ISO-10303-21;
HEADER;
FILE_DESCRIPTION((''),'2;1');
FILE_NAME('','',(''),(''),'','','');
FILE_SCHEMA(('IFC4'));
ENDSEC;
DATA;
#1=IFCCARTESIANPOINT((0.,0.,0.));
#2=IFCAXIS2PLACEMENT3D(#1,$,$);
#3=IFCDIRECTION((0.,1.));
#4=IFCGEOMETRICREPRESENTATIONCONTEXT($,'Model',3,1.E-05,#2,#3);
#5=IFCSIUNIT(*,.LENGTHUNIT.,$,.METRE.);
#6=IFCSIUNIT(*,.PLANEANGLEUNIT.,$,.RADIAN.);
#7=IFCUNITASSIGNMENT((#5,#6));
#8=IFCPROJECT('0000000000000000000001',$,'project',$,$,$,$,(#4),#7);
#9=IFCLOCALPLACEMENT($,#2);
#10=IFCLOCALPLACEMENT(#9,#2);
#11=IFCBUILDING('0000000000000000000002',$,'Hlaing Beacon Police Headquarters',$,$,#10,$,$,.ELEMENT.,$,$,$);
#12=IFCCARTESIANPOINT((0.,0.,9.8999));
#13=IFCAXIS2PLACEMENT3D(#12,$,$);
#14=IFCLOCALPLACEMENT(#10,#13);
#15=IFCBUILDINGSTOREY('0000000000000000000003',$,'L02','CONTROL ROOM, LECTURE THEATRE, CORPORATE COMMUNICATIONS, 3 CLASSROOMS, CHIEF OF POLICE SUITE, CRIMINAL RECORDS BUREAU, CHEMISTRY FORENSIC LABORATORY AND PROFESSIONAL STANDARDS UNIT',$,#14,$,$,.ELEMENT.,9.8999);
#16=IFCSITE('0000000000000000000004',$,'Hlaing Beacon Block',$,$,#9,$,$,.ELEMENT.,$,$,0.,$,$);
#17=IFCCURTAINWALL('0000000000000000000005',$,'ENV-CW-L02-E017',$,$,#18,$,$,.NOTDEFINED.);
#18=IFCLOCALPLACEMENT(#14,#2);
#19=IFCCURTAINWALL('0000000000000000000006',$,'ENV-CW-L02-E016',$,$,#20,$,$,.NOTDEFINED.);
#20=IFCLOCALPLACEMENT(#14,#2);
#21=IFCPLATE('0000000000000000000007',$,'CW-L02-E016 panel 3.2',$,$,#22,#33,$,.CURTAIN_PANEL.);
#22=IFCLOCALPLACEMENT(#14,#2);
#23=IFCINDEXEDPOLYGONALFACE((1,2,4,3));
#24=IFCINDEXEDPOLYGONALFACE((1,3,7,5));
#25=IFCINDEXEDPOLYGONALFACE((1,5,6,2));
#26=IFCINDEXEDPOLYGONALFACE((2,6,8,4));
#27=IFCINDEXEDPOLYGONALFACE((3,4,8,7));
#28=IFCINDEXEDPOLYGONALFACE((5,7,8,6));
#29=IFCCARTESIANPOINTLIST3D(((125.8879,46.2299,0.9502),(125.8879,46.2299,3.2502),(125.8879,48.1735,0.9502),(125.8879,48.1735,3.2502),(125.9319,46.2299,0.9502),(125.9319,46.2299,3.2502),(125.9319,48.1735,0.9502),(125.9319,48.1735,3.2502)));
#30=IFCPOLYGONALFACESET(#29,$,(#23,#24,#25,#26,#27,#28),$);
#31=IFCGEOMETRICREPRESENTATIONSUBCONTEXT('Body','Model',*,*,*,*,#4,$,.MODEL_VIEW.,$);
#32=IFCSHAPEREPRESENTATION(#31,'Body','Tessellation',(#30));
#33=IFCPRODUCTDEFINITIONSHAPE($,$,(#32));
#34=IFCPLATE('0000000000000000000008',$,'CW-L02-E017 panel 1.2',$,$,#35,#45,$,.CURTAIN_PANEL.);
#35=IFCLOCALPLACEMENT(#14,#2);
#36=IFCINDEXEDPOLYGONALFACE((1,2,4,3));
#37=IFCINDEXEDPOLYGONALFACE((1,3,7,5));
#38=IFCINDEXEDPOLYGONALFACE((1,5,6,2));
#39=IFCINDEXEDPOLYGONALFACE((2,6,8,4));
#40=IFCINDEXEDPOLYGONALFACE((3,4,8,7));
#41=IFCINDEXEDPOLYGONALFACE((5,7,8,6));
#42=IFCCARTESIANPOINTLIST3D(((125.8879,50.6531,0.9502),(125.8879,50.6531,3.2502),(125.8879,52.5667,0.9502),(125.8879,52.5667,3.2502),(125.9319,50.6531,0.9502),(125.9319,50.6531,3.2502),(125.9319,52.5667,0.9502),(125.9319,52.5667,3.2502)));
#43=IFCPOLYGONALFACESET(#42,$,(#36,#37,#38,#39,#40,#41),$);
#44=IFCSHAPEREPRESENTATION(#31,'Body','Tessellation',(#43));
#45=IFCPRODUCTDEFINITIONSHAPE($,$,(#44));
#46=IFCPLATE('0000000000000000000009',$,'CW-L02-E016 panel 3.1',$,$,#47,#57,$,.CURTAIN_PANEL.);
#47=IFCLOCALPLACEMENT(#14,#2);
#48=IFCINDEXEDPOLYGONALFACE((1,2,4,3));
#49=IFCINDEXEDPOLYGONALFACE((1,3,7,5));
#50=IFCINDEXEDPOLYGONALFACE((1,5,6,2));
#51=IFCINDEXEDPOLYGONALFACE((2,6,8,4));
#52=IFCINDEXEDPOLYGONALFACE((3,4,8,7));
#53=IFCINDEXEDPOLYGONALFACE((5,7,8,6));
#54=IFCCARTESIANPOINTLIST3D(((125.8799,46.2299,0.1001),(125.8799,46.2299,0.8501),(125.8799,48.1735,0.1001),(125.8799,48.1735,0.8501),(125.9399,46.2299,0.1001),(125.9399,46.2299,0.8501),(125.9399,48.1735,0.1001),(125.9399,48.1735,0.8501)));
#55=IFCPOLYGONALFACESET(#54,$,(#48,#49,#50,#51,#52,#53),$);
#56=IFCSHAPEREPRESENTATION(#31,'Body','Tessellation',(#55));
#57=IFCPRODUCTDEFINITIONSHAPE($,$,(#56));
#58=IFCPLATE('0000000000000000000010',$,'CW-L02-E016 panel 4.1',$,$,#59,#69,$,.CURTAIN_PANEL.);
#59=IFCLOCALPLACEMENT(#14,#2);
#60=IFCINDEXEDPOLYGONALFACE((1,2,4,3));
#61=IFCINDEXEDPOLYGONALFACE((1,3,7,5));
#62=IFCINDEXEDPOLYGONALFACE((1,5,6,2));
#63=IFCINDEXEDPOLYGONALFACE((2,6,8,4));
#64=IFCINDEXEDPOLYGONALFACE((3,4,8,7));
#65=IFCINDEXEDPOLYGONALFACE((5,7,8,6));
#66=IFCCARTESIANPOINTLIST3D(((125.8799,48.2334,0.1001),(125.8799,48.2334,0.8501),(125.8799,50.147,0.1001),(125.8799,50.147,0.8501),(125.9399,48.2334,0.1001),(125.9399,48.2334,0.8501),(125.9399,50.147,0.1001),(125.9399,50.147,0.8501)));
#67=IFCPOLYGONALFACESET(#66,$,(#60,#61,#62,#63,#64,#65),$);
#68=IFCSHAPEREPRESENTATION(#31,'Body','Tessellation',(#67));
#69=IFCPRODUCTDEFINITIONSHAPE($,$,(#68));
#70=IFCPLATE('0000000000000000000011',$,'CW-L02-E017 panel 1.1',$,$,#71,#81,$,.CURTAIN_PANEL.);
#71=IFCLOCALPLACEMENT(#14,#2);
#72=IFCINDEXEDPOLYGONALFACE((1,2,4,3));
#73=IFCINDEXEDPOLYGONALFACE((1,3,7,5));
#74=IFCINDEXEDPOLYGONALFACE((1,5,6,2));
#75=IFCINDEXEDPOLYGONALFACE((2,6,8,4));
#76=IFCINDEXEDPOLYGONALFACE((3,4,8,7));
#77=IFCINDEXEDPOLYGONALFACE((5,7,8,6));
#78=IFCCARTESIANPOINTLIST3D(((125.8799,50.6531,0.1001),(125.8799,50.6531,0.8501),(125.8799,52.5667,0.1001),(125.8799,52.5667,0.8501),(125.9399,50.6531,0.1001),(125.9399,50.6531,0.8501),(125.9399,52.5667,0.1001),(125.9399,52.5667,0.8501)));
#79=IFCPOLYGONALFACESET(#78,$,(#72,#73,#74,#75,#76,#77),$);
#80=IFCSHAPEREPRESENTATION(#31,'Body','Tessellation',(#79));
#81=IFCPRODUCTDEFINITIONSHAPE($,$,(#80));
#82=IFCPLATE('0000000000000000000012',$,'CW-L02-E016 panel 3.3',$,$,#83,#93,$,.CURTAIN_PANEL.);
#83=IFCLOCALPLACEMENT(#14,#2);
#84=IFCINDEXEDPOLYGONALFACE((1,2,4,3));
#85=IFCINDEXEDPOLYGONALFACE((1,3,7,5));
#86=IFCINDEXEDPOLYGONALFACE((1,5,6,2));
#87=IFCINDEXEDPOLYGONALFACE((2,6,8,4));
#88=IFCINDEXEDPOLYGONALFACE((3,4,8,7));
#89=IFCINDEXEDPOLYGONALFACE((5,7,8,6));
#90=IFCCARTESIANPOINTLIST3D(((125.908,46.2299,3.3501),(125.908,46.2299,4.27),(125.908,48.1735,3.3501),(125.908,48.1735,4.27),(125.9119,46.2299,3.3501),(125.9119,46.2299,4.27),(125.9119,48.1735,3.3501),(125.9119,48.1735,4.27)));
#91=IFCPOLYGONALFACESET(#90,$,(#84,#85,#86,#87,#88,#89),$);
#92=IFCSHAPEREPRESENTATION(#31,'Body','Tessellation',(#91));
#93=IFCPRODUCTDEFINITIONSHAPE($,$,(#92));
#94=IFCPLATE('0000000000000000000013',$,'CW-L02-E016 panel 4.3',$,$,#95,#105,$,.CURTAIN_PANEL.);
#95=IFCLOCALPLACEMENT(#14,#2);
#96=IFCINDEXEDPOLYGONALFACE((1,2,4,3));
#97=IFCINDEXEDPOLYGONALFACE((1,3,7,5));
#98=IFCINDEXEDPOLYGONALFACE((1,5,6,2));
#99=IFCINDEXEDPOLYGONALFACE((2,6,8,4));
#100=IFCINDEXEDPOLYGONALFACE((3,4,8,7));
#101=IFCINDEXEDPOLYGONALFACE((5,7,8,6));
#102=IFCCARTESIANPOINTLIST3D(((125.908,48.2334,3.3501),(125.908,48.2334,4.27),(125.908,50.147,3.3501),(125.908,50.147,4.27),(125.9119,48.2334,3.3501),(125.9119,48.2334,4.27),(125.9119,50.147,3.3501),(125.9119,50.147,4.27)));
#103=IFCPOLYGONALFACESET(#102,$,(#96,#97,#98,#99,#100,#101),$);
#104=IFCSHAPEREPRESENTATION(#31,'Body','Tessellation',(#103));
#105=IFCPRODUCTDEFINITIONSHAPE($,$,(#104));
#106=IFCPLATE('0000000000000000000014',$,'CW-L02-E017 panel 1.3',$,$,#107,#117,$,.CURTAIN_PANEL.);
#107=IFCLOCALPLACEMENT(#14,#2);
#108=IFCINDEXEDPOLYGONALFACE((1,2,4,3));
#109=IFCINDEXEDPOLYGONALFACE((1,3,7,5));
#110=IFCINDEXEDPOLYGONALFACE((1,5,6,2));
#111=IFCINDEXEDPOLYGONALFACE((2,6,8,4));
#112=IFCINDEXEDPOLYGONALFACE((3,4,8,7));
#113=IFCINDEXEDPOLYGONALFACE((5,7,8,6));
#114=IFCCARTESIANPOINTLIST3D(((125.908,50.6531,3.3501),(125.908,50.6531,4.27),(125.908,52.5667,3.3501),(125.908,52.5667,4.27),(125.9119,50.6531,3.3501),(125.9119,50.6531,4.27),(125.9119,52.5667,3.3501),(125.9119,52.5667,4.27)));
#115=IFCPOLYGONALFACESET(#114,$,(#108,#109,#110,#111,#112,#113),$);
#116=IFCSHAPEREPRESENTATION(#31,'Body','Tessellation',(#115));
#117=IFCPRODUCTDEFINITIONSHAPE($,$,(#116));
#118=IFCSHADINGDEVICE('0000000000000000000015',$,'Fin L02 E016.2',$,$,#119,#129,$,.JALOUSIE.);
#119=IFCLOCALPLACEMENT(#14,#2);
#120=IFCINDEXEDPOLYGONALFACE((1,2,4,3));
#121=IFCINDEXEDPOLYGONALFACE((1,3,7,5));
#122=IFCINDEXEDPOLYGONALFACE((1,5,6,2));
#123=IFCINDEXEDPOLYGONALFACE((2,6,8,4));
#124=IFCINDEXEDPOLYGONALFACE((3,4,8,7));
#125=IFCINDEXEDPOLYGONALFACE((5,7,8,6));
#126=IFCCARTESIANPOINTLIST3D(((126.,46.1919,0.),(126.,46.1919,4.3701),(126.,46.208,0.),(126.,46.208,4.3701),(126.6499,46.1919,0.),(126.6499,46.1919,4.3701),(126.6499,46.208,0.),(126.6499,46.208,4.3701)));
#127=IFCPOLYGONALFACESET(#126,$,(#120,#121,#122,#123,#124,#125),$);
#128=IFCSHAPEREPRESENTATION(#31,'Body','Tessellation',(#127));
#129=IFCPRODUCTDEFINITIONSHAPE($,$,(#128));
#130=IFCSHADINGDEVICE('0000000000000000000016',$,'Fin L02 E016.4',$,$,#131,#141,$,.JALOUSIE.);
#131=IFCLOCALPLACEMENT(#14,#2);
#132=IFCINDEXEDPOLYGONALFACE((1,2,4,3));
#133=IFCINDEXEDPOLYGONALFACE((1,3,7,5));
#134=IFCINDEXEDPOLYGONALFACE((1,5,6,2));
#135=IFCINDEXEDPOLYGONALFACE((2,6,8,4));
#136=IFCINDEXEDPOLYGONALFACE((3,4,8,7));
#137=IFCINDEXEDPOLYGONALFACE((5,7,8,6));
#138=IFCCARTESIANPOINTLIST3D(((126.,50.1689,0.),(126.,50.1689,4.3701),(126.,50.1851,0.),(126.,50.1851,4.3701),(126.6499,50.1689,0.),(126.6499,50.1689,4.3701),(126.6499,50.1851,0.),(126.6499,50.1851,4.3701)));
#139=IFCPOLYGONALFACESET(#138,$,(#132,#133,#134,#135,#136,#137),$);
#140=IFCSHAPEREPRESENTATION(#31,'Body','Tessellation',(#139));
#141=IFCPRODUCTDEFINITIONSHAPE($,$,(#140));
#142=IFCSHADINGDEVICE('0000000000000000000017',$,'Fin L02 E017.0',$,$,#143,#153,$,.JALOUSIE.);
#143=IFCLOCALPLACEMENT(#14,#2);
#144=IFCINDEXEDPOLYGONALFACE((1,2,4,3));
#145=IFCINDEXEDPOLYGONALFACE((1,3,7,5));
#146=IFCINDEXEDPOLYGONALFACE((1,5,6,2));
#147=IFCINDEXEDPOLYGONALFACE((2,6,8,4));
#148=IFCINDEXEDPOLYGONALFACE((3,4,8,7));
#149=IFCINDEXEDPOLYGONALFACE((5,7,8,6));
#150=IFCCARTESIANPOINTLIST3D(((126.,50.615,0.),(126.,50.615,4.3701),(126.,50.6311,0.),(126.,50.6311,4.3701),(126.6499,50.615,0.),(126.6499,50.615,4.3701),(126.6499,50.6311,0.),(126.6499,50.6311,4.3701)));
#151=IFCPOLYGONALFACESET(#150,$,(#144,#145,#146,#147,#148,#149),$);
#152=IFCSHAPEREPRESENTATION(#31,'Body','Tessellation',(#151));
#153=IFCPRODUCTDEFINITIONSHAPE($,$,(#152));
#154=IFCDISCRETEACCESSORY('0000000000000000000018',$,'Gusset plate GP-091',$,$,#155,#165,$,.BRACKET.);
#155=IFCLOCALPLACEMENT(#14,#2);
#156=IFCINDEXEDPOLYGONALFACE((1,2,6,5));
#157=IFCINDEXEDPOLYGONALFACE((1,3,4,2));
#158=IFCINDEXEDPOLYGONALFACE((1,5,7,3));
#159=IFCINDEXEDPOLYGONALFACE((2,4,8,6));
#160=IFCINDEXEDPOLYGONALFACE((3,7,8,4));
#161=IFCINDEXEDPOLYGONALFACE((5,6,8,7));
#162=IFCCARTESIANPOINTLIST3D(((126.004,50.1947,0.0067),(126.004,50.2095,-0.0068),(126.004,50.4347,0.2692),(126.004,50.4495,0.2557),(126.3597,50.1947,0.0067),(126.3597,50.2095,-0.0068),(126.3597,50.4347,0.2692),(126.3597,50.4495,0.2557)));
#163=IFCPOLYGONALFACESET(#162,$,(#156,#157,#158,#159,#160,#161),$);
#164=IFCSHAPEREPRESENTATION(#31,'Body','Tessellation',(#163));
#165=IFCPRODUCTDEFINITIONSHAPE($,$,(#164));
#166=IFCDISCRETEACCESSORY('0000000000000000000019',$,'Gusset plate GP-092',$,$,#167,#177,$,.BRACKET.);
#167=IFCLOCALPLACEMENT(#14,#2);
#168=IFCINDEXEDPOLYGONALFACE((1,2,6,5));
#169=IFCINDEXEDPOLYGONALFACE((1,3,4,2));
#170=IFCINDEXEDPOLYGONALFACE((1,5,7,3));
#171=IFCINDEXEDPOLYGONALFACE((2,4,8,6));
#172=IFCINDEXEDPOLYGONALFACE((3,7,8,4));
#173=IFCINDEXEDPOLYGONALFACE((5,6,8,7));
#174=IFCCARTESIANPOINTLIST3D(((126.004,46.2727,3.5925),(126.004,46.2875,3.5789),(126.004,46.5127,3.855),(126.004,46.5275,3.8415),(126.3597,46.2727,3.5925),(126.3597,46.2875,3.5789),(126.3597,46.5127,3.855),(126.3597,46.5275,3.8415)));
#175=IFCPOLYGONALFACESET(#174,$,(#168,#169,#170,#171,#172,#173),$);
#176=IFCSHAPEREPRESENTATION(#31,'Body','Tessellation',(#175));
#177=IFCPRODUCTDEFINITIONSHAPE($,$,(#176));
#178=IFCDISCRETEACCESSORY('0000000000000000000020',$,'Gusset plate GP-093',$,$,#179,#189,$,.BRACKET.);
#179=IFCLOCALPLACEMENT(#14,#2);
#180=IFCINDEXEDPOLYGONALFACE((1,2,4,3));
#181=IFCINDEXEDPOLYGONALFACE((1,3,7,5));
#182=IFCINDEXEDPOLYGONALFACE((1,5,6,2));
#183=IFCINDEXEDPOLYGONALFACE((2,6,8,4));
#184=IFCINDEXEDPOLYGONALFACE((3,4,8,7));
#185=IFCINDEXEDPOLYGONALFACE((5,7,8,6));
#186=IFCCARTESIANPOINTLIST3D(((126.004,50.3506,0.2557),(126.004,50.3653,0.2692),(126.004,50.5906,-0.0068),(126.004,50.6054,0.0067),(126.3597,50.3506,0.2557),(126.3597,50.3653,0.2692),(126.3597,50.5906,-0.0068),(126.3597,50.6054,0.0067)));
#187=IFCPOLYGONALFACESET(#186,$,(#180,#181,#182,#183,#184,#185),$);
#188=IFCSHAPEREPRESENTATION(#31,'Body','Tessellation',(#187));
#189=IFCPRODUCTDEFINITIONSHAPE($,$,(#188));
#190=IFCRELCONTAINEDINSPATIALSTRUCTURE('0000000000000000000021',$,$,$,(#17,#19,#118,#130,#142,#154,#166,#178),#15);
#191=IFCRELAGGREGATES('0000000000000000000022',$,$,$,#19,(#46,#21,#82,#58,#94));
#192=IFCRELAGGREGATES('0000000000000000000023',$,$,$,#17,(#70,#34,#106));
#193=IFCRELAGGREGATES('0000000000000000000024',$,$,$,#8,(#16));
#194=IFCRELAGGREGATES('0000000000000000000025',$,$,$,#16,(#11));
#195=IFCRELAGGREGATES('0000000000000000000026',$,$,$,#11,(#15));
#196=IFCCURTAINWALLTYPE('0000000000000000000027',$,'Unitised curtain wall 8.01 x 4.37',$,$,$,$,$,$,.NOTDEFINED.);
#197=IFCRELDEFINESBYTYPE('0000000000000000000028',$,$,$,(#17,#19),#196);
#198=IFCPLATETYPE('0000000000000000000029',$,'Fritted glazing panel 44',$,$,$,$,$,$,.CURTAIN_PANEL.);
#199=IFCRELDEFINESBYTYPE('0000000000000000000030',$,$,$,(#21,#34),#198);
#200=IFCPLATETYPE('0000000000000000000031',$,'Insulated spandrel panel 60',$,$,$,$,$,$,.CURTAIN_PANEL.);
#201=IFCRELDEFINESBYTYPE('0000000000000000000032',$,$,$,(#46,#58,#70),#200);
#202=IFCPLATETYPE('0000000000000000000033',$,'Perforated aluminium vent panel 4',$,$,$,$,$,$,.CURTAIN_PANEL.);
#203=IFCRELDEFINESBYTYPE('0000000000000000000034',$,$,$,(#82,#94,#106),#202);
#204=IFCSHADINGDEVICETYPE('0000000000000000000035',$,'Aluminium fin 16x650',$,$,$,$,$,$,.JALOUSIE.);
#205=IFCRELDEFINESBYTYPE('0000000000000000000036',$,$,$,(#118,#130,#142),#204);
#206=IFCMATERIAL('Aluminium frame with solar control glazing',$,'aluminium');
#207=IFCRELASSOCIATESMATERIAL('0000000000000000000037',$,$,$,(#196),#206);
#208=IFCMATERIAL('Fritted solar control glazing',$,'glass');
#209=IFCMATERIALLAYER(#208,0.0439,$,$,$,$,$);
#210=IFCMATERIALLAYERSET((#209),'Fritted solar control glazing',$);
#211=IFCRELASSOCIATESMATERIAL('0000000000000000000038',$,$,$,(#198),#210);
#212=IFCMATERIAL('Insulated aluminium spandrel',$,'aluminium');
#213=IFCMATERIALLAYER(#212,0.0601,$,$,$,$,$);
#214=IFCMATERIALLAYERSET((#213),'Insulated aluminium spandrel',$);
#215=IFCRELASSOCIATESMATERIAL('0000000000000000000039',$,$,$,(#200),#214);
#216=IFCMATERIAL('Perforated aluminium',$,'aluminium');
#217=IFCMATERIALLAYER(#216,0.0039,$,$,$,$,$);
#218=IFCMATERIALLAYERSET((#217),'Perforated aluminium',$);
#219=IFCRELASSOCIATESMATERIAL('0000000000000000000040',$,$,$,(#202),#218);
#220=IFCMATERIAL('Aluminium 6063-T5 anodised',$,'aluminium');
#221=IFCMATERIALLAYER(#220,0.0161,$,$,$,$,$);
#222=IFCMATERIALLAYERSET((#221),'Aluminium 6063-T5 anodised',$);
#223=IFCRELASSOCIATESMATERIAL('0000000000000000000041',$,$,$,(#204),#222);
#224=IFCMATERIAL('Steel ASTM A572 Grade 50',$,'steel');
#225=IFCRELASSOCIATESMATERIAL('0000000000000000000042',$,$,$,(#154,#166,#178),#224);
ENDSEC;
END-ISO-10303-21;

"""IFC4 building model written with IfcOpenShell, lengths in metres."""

from ifc_helpers import new_model, si_unit, direction, frame, origin, origin_2d, place, context, subcontext, project, spatial, rectangle, extrude, material, layer, layer_set, type_object, element, aggregate, save


model = new_model("IFC4")

# Units and contexts
model_context = context("Model", 3, precision=1e-05, world=origin(), true_north=direction((0.0, 1.0)))
body_context = subcontext(model_context, "Body", "Model", "MODEL_VIEW")
ifc_project = project(units=[si_unit("LENGTHUNIT", "METRE"), si_unit("PLANEANGLEUNIT", "RADIAN")], contexts=[model_context])

# Site, building, storey
site_placement = place(None, origin())
site = spatial("IfcSite", under=ifc_project, at=site_placement, Name="Hlaing Beacon Block", CompositionType="ELEMENT", RefElevation=0.0)
building_placement = place(site_placement, origin())
building = spatial("IfcBuilding", under=site, at=building_placement, Name="Hlaing Beacon Police Headquarters", CompositionType="ELEMENT")
storey_placement = place(building_placement, frame((0.0, 0.0, 9.8999)))
storey = spatial("IfcBuildingStorey", under=building, at=storey_placement, Name="L02", Description="CONTROL ROOM, LECTURE THEATRE, CORPORATE COMMUNICATIONS, 3 CLASSROOMS, CHIEF OF POLICE SUITE, CRIMINAL RECORDS BUREAU, CHEMISTRY FORENSIC LABORATORY AND PROFESSIONAL STANDARDS UNIT", CompositionType="ELEMENT", Elevation=9.8999)

# Curtain wall
ifc_material_1 = material(Name="Aluminium frame with solar control glazing", Category="aluminium")
curtain_wall_type = type_object("IfcCurtainWallType", Name="Unitised curtain wall 8.01 x 4.37", PredefinedType="NOTDEFINED", material=ifc_material_1)
curtain_wall_1_placement = place(storey_placement, origin())
curtain_wall_1 = element("IfcCurtainWall", 1, at=curtain_wall_1_placement, inside=storey, type_object=curtain_wall_type, Name="ENV-CW-L02-E017", PredefinedType="NOTDEFINED")

# Curtain wall, plate
curtain_wall_2_placement = place(storey_placement, origin())
curtain_wall_2 = element("IfcCurtainWall", 2, at=curtain_wall_2_placement, inside=storey, type_object=curtain_wall_type, Name="ENV-CW-L02-E016", PredefinedType="NOTDEFINED")
ifc_material_2 = material(Name="Fritted solar control glazing", Category="glass")
ifc_layer_1 = layer(ifc_material_2, 0.0439)
ifc_layer_set_1 = layer_set([ifc_layer_1], Name="Fritted solar control glazing")
plate_type_1 = type_object("IfcPlateType", Name="Fritted glazing panel 44", PredefinedType="CURTAIN_PANEL", material=ifc_layer_set_1)
plate_1_placement = place(storey_placement, frame((125.9099, 47.2017, 0.9502), z_axis=(0.0, 0.0, 1.0), x_axis=(0.0, 1.0, 0.0)))
plate_1 = element("IfcPlate", 3, at=plate_1_placement, type_object=plate_type_1, Name="CW-L02-E016 panel 3.2", PredefinedType="CURTAIN_PANEL", context=body_context, shape_type="SweptSolid", body=[
    extrude(rectangle(XDim=1.9436, YDim=0.0439, at=origin_2d()), origin(), (0.0, 0.0, 1.0), 2.3),
])

# Plates
plate_2_placement = place(storey_placement, frame((125.9099, 51.6099, 0.9502), z_axis=(0.0, 0.0, 1.0), x_axis=(0.0, 1.0, 0.0)))
plate_2 = element("IfcPlate", 4, at=plate_2_placement, type_object=plate_type_1, Name="CW-L02-E017 panel 1.2", PredefinedType="CURTAIN_PANEL", context=body_context, shape_type="SweptSolid", body=[
    extrude(rectangle(XDim=1.9136, YDim=0.0439, at=origin_2d()), origin(), (0.0, 0.0, 1.0), 2.3),
])
ifc_material_3 = material(Name="Insulated aluminium spandrel", Category="aluminium")
ifc_layer_2 = layer(ifc_material_3, 0.0601)
ifc_layer_set_2 = layer_set([ifc_layer_2], Name="Insulated aluminium spandrel")
plate_type_2 = type_object("IfcPlateType", Name="Insulated spandrel panel 60", PredefinedType="CURTAIN_PANEL", material=ifc_layer_set_2)
plate_3_placement = place(storey_placement, frame((125.9099, 47.2017, 0.1001), z_axis=(0.0, 0.0, 1.0), x_axis=(0.0, 1.0, 0.0)))
plate_3 = element("IfcPlate", 5, at=plate_3_placement, type_object=plate_type_2, Name="CW-L02-E016 panel 3.1", PredefinedType="CURTAIN_PANEL", context=body_context, shape_type="SweptSolid", body=[
    extrude(rectangle(XDim=1.9436, YDim=0.0601, at=origin_2d()), origin(), (0.0, 0.0, 1.0), 0.75),
])
plate_4_placement = place(storey_placement, frame((125.9099, 49.1902, 0.1001), z_axis=(0.0, 0.0, 1.0), x_axis=(0.0, 1.0, 0.0)))
plate_4 = element("IfcPlate", 6, at=plate_4_placement, type_object=plate_type_2, Name="CW-L02-E016 panel 4.1", PredefinedType="CURTAIN_PANEL", context=body_context, shape_type="SweptSolid", body=[
    extrude(rectangle(XDim=1.9136, YDim=0.0601, at=origin_2d()), origin(), (0.0, 0.0, 1.0), 0.75),
])
plate_5_placement = place(storey_placement, frame((125.9099, 51.6099, 0.1001), z_axis=(0.0, 0.0, 1.0), x_axis=(0.0, 1.0, 0.0)))
plate_5 = element("IfcPlate", 7, at=plate_5_placement, type_object=plate_type_2, Name="CW-L02-E017 panel 1.1", PredefinedType="CURTAIN_PANEL", context=body_context, shape_type="SweptSolid", body=[
    extrude(rectangle(XDim=1.9136, YDim=0.0601, at=origin_2d()), origin(), (0.0, 0.0, 1.0), 0.75),
])
ifc_material_4 = material(Name="Perforated aluminium", Category="aluminium")
ifc_layer_3 = layer(ifc_material_4, 0.0039)
ifc_layer_set_3 = layer_set([ifc_layer_3], Name="Perforated aluminium")
plate_type_3 = type_object("IfcPlateType", Name="Perforated aluminium vent panel 4", PredefinedType="CURTAIN_PANEL", material=ifc_layer_set_3)
plate_6_placement = place(storey_placement, frame((125.9099, 47.2017, 3.3501), z_axis=(0.0, 0.0, 1.0), x_axis=(0.0, 1.0, 0.0)))
plate_6 = element("IfcPlate", 8, at=plate_6_placement, type_object=plate_type_3, Name="CW-L02-E016 panel 3.3", PredefinedType="CURTAIN_PANEL", context=body_context, shape_type="SweptSolid", body=[
    extrude(rectangle(XDim=1.9436, YDim=0.0039, at=origin_2d()), origin(), (0.0, 0.0, 1.0), 0.9199),
])
plate_7_placement = place(storey_placement, frame((125.9099, 49.1902, 3.3501), z_axis=(0.0, 0.0, 1.0), x_axis=(0.0, 1.0, 0.0)))
plate_7 = element("IfcPlate", 9, at=plate_7_placement, type_object=plate_type_3, Name="CW-L02-E016 panel 4.3", PredefinedType="CURTAIN_PANEL", context=body_context, shape_type="SweptSolid", body=[
    extrude(rectangle(XDim=1.9136, YDim=0.0039, at=origin_2d()), origin(), (0.0, 0.0, 1.0), 0.9199),
])
aggregate(curtain_wall_2, [plate_3, plate_1, plate_6, plate_4, plate_7])
plate_8_placement = place(storey_placement, frame((125.9099, 51.6099, 3.3501), z_axis=(0.0, 0.0, 1.0), x_axis=(0.0, 1.0, 0.0)))
plate_8 = element("IfcPlate", 10, at=plate_8_placement, type_object=plate_type_3, Name="CW-L02-E017 panel 1.3", PredefinedType="CURTAIN_PANEL", context=body_context, shape_type="SweptSolid", body=[
    extrude(rectangle(XDim=1.9136, YDim=0.0039, at=origin_2d()), origin(), (0.0, 0.0, 1.0), 0.9199),
])
aggregate(curtain_wall_1, [plate_5, plate_2, plate_8])

# Shading devices
ifc_material_5 = material(Name="Aluminium 6063-T5 anodised", Category="aluminium")
ifc_layer_4 = layer(ifc_material_5, 0.0161)
ifc_layer_set_4 = layer_set([ifc_layer_4], Name="Aluminium 6063-T5 anodised")
shading_device_type = type_object("IfcShadingDeviceType", Name="Aluminium fin 16x650", PredefinedType="JALOUSIE", material=ifc_layer_set_4)
for number, where, z_axis, x_axis, name in (
    (11, (126.325, 46.2, 0.0), (0.0, 0.0, 1.0), (0.0, 1.0, 0.0), "Fin L02 E016.2"),
    (12, (126.325, 50.177, 0.0), (0.0, 0.0, 1.0), (0.0, 1.0, 0.0), "Fin L02 E016.4"),
    (13, (126.325, 50.623, 0.0), (0.0, 0.0, 1.0), (0.0, 1.0, 0.0), "Fin L02 E017.0"),
):
    element("IfcShadingDevice", number, at=place(storey_placement, frame(where, z_axis=z_axis, x_axis=x_axis)), inside=storey, type_object=shading_device_type, Name=name, PredefinedType="JALOUSIE", context=body_context, shape_type="SweptSolid", body=[
        extrude(rectangle(XDim=0.0161, YDim=0.6499, at=origin_2d()), origin(), (0.0, 0.0, 1.0), 4.3701),
    ])

# Discrete accessories
ifc_material_6 = material(Name="Steel ASTM A572 Grade 50", Category="steel")
for number, where, z_axis, x_axis, name in (
    (14, (126.1819, 50.3147, 0.1379), (0.0, 0.738029, -0.674769), (-1.0, 0.0, 0.0), "Gusset plate GP-091"),
    (15, (126.1819, 46.4075, 3.7102), (0.0, -0.738029, 0.674769), (1.0, 0.0, 0.0), "Gusset plate GP-092"),
    (16, (126.1819, 50.4854, 0.1379), (0.0, -0.738008, -0.674792), (1.0, 0.0, 0.0), "Gusset plate GP-093"),
):
    element("IfcDiscreteAccessory", number, at=place(storey_placement, frame(where, z_axis=z_axis, x_axis=x_axis)), inside=storey, material=ifc_material_6, Name=name, PredefinedType="BRACKET", context=body_context, shape_type="SweptSolid", body=[
        extrude(rectangle(XDim=0.3557, YDim=0.3557, at=origin_2d()), origin(), (0.0, 0.0, 1.0), 0.02),
    ])

save(model, "model.ifc")
